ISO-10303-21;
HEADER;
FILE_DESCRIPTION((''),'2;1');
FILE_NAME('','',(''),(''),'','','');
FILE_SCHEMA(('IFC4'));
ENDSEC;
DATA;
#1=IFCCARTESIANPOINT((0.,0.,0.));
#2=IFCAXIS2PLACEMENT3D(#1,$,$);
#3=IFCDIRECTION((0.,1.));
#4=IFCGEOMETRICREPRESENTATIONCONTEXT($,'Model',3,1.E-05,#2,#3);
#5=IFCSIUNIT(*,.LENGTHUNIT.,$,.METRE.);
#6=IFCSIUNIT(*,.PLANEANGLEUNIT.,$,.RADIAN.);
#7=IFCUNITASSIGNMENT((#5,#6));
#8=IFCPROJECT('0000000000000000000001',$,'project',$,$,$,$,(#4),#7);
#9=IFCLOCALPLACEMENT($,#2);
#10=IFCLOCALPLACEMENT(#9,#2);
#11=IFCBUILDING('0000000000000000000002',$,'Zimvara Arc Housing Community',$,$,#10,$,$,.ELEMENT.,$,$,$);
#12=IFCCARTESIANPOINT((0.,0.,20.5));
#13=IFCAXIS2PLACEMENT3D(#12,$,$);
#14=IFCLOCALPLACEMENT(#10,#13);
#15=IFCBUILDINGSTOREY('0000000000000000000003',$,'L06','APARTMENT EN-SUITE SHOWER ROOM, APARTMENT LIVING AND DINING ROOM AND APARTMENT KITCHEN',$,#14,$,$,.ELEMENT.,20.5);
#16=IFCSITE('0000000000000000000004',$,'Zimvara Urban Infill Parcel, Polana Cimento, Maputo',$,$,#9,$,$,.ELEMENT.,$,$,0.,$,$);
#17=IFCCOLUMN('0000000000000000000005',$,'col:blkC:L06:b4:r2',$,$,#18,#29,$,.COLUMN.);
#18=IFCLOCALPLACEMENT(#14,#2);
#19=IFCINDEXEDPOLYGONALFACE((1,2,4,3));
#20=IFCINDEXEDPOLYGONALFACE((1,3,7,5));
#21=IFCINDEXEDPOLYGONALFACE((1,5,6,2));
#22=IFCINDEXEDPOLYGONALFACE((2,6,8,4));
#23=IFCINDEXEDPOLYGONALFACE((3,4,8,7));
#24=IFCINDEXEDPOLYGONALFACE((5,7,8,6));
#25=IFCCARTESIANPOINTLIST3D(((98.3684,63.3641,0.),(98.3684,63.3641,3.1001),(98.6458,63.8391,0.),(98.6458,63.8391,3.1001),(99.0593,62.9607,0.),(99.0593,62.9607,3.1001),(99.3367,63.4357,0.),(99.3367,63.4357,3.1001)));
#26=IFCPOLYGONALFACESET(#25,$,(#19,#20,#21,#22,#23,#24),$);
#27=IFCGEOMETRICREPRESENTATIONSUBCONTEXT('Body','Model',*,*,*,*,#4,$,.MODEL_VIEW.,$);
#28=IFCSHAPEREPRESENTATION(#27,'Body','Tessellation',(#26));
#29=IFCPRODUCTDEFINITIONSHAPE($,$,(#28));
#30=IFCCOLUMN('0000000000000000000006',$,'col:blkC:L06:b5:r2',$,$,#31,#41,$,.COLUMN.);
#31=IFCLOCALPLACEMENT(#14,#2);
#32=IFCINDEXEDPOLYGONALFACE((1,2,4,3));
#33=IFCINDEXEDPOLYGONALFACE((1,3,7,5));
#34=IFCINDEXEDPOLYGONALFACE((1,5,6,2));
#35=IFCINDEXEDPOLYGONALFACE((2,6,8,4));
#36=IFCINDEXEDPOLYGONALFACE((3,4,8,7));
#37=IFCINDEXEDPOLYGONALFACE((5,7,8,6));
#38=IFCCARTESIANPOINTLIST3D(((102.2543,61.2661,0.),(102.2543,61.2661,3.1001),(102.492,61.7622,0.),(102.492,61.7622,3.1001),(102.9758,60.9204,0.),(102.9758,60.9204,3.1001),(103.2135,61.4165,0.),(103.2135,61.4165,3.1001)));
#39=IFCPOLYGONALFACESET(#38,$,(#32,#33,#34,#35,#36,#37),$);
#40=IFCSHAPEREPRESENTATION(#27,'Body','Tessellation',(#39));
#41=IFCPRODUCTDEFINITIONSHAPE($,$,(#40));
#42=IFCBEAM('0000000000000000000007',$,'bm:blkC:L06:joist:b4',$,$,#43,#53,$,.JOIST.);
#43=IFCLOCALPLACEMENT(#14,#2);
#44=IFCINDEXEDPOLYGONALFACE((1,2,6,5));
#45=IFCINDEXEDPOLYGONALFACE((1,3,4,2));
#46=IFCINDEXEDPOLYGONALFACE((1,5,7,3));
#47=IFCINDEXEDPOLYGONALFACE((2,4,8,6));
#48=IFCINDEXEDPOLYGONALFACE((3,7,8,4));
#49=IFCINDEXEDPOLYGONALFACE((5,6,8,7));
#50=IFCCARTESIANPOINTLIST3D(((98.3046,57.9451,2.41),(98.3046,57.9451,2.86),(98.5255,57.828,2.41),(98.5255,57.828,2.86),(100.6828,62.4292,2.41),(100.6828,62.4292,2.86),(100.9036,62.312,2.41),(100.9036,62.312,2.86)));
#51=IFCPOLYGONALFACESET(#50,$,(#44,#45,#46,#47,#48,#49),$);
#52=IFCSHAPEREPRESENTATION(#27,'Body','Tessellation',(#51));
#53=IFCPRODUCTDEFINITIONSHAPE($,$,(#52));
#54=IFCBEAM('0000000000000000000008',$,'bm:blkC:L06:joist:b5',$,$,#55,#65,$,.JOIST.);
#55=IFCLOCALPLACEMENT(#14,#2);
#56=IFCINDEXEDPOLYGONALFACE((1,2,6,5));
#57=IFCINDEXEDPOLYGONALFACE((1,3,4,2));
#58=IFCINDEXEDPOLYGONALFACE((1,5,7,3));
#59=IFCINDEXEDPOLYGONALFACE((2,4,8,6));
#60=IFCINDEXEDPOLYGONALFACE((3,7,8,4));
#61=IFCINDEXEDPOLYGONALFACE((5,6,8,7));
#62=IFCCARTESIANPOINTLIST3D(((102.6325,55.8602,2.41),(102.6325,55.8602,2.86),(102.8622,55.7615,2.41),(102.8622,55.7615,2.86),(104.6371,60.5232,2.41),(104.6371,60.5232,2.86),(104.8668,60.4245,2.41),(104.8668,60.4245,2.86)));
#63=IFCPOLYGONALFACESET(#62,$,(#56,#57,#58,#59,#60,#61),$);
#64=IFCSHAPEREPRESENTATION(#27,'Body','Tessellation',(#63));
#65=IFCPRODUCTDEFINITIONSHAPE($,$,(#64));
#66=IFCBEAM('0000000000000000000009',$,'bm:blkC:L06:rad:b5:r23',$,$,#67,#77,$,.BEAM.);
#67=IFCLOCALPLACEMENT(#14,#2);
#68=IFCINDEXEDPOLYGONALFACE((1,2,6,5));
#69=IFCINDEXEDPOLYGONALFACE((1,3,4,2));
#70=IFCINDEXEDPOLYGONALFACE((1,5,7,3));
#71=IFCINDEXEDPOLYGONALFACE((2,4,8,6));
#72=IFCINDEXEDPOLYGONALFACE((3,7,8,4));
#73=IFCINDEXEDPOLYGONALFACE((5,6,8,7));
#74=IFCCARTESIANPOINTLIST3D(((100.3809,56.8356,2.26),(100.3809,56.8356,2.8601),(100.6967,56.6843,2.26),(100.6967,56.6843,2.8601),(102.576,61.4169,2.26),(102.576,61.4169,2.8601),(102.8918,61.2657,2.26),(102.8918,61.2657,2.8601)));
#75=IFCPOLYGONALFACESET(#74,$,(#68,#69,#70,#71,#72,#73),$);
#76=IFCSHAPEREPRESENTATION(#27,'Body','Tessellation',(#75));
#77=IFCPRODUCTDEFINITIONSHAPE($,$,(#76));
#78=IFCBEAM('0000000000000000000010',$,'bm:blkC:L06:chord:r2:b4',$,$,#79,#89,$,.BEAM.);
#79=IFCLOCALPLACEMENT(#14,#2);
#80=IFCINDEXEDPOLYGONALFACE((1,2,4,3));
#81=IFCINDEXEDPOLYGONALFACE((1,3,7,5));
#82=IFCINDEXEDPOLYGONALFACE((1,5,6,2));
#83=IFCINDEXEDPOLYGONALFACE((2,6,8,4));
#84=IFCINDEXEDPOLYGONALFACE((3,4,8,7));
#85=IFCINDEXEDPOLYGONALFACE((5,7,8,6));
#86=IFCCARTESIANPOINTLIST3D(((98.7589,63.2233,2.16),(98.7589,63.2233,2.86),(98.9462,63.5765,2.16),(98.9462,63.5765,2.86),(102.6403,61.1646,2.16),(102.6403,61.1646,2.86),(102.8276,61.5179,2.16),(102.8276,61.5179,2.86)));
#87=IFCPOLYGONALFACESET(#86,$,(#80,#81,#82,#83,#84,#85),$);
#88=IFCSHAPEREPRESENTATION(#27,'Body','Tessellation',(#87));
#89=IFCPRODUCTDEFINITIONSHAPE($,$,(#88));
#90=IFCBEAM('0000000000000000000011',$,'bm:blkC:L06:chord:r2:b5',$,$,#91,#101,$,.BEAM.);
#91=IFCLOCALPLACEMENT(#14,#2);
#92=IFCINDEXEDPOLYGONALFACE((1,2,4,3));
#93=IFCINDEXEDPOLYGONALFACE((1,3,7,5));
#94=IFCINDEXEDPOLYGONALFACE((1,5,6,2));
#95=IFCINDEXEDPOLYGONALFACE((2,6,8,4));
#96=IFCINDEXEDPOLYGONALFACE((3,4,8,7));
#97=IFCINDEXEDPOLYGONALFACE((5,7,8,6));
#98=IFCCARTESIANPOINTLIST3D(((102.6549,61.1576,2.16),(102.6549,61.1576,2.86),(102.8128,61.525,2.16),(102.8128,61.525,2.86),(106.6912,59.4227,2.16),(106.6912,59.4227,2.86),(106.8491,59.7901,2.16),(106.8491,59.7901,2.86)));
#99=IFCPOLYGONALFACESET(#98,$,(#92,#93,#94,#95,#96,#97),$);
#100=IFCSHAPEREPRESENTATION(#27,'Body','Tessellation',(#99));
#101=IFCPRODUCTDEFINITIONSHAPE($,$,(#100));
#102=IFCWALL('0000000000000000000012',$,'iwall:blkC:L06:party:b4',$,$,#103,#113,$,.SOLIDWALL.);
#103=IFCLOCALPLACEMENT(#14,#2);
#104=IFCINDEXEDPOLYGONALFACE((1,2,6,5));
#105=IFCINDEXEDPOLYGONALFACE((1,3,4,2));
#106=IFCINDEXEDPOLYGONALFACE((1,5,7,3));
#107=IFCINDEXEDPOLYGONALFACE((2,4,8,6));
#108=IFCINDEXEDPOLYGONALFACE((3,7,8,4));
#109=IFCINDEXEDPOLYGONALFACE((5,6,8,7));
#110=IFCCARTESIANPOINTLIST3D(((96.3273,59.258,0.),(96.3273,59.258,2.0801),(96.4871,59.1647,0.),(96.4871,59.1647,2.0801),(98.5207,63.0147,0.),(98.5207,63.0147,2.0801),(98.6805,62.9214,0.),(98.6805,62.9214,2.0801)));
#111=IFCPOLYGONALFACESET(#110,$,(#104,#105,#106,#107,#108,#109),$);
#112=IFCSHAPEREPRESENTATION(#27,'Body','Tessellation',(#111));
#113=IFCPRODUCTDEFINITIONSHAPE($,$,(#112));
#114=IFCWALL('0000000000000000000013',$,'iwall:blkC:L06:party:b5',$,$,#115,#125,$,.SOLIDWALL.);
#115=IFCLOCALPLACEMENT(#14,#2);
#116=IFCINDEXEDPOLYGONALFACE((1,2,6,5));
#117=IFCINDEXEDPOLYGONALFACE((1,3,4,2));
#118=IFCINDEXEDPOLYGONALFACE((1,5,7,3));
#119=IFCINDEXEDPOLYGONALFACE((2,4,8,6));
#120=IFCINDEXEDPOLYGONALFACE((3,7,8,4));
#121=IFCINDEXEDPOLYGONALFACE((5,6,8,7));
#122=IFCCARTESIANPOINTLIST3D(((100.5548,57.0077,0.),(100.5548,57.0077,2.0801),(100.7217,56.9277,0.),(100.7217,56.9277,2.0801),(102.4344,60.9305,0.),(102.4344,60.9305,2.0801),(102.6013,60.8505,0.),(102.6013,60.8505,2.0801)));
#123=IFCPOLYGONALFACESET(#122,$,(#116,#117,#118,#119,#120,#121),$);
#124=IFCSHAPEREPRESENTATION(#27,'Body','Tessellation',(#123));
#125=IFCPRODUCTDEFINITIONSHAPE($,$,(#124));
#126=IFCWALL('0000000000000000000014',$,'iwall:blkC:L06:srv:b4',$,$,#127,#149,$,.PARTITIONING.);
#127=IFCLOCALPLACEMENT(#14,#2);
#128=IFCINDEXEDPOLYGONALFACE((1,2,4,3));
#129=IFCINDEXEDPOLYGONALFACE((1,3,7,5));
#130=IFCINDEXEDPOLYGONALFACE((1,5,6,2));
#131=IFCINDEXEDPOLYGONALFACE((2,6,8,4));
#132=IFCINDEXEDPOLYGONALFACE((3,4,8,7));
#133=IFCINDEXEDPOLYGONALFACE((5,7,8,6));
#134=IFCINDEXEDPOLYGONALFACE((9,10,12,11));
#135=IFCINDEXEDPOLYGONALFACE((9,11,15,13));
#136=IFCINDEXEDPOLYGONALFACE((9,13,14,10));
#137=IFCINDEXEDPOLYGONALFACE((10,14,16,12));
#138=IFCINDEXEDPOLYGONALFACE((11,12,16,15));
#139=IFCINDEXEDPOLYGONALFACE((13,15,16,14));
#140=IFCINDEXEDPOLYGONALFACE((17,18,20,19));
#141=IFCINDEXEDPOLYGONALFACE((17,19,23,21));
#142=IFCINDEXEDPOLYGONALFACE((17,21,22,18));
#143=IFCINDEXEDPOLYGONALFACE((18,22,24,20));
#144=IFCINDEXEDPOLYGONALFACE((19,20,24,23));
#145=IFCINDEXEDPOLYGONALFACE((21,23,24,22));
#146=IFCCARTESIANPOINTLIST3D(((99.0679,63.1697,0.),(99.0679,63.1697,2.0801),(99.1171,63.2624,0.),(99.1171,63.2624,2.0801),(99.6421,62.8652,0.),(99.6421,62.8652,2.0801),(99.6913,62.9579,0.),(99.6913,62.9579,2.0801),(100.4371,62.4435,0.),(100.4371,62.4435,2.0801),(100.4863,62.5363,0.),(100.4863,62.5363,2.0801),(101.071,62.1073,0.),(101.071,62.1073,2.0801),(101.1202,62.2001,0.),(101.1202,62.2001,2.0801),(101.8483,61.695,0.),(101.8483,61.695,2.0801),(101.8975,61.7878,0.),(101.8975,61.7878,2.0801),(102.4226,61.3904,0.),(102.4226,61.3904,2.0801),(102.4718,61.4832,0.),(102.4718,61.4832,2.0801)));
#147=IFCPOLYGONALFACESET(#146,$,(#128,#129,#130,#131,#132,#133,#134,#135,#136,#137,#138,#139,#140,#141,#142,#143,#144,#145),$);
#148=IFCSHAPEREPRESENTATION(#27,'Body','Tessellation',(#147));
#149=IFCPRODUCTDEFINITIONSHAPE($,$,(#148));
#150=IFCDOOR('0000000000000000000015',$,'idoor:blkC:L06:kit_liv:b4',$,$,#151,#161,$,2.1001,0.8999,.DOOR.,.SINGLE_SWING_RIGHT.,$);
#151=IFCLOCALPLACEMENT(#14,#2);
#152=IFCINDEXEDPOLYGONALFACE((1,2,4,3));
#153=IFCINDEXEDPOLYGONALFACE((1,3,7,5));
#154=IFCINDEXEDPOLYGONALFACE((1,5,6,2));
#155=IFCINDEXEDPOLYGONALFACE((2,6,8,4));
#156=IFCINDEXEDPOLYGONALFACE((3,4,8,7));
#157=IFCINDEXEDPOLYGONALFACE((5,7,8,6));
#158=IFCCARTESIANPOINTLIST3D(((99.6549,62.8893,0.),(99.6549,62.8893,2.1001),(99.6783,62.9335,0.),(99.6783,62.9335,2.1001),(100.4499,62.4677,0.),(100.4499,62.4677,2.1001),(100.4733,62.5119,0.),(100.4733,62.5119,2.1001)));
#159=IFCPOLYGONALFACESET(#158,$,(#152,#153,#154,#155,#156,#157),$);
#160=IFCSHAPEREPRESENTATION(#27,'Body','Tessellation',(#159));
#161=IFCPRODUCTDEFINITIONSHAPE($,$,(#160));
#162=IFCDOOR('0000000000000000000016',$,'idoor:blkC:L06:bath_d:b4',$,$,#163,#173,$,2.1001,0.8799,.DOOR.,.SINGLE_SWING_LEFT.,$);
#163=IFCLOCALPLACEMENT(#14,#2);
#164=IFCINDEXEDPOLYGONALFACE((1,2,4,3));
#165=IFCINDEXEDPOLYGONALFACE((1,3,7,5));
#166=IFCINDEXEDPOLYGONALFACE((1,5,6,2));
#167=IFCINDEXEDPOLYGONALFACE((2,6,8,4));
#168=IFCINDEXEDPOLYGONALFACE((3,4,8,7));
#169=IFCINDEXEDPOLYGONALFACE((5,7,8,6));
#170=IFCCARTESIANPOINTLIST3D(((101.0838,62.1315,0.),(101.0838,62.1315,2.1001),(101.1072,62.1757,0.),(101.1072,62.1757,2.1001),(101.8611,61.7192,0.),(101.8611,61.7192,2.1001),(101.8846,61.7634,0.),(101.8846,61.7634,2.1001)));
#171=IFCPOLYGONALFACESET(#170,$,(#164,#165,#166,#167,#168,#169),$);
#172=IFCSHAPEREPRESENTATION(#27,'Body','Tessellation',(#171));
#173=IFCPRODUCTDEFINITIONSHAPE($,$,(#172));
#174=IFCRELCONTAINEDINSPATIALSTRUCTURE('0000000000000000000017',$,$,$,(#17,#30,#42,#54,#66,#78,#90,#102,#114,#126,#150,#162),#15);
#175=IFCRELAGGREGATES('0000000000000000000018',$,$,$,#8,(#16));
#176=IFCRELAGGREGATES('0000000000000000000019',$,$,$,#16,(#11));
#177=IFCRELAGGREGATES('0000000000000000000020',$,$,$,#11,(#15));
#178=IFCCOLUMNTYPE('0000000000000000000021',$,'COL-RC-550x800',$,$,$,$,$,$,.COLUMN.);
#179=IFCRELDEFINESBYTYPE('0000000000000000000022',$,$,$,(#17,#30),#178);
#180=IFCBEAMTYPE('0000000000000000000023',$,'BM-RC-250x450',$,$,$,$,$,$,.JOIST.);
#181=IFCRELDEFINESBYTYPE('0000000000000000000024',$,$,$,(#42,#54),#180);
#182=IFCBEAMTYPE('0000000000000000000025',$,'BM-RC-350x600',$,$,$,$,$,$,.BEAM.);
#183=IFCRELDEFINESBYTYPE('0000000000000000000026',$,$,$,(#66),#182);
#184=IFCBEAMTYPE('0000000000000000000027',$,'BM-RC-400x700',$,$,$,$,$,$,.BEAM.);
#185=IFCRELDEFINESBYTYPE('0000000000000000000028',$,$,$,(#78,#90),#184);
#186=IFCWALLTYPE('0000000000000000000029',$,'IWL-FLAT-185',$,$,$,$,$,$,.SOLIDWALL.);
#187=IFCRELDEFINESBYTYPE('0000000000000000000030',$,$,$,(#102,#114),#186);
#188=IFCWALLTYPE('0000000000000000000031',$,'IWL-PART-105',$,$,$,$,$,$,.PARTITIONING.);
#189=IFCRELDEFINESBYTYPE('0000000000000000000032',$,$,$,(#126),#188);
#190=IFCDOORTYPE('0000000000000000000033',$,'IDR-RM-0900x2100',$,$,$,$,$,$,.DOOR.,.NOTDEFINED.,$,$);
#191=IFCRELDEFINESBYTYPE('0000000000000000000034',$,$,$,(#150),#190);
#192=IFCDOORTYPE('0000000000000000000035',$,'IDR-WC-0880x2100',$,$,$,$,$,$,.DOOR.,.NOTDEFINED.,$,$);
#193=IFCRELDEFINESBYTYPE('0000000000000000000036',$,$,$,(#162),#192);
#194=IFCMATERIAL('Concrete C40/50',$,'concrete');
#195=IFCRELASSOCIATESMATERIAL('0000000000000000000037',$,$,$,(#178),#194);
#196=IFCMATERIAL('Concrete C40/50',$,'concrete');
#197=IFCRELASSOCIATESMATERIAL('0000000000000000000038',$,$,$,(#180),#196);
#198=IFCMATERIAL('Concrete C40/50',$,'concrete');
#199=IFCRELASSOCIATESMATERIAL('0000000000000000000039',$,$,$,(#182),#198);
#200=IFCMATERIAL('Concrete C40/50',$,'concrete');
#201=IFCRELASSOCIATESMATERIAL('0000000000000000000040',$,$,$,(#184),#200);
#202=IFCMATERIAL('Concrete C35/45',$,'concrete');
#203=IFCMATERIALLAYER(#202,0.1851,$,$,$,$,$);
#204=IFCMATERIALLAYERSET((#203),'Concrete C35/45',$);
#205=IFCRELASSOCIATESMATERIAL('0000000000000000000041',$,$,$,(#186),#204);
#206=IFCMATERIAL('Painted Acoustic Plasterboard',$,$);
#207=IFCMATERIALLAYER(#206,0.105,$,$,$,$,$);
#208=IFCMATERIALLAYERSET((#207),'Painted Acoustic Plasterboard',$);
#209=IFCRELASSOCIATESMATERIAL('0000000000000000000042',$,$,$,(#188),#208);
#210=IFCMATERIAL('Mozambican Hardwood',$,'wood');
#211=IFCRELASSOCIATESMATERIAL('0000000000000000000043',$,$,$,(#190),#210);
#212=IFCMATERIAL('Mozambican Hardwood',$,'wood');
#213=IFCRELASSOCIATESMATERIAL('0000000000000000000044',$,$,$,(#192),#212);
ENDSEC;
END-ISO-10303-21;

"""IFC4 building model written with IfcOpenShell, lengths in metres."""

from ifc_helpers import new_model, si_unit, direction, frame, frame_2d, origin, origin_2d, place, context, subcontext, project, spatial, rectangle, extrude, material, layer, layer_set, material_profile, profile_set, type_object, element, fill, save


model = new_model("IFC4")

# Units and contexts
model_context = context("Model", 3, precision=1e-05, world=origin(), true_north=direction((0.0, 1.0)))
body_context = subcontext(model_context, "Body", "Model", "MODEL_VIEW")
ifc_project = project(units=[si_unit("LENGTHUNIT", "METRE"), si_unit("PLANEANGLEUNIT", "RADIAN")], contexts=[model_context])

# Site, building, storey
site_placement = place(None, origin())
site = spatial("IfcSite", under=ifc_project, at=site_placement, Name="Zimvara Urban Infill Parcel, Polana Cimento, Maputo", CompositionType="ELEMENT", RefElevation=0.0)
building_placement = place(site_placement, origin())
building = spatial("IfcBuilding", under=site, at=building_placement, Name="Zimvara Arc Housing Community", CompositionType="ELEMENT")
storey_placement = place(building_placement, frame((0.0, 0.0, 20.5)))
storey = spatial("IfcBuildingStorey", under=building, at=storey_placement, Name="L06", Description="APARTMENT EN-SUITE SHOWER ROOM, APARTMENT LIVING AND DINING ROOM AND APARTMENT KITCHEN", CompositionType="ELEMENT", Elevation=20.5)

# Columns
ifc_material_1 = material(Name="Concrete C40/50", Category="concrete")
ifc_material_profile_1 = material_profile(ifc_material_1, rectangle(XDim=0.55, YDim=0.8, at=origin_2d()), Name="RC 550x800")
ifc_profile_set_1 = profile_set([ifc_material_profile_1], Name="Concrete C40/50")
column_type = type_object("IfcColumnType", Name="COL-RC-550x800", PredefinedType="COLUMN", material=ifc_profile_set_1)
for number, where, z_axis, x_axis, name in (
    (1, (98.8525, 63.3999, 0.0), (0.0, 0.0, 1.0), (-0.504226, -0.863572, 0.0), "col:blkC:L06:b4:r2"),
    (2, (102.7339, 61.3413, 0.0), (0.0, 0.0, 1.0), (-0.432086, -0.901833, 0.0), "col:blkC:L06:b5:r2"),
):
    element("IfcColumn", number, at=place(storey_placement, frame(where, z_axis=z_axis, x_axis=x_axis)), inside=storey, type_object=column_type, Name=name, PredefinedType="COLUMN", context=body_context, shape_type="SweptSolid", body=[
        extrude(rectangle(XDim=0.55, YDim=0.8, at=origin_2d()), origin(), (0.0, 0.0, 1.0), 3.1001),
    ])

# Beams
ifc_material_2 = material(Name="Concrete C40/50", Category="concrete")
ifc_material_profile_2 = material_profile(ifc_material_2, rectangle(XDim=0.25, YDim=0.45, at=origin_2d()), Name="RC 250x450")
ifc_profile_set_2 = profile_set([ifc_material_profile_2], Name="Concrete C40/50")
beam_type_1 = type_object("IfcBeamType", Name="BM-RC-250x450", PredefinedType="JOIST", material=ifc_profile_set_2)
for number, where, z_axis, x_axis, name in (
    (3, (100.7932, 62.3706, 2.635), (-0.468537, -0.883444, 0.0), (0.883444, -0.468537, 0.0), "bm:blkC:L06:joist:b4"),
    (4, (104.752, 60.4739, 2.635), (-0.394947, -0.918704, 0.0), (0.918704, -0.394947, 0.0), "bm:blkC:L06:joist:b5"),
):
    element("IfcBeam", number, at=place(storey_placement, frame(where, z_axis=z_axis, x_axis=x_axis)), inside=storey, type_object=beam_type_1, Name=name, PredefinedType="JOIST", context=body_context, shape_type="SweptSolid", body=[
        extrude(rectangle(XDim=0.25, YDim=0.45, at=origin_2d()), origin(), (0.0, 0.0, 1.0), 5.0757),
    ])
ifc_material_3 = material(Name="Concrete C40/50", Category="concrete")
ifc_material_profile_3 = material_profile(ifc_material_3, rectangle(XDim=0.3501, YDim=0.6001, at=origin_2d()), Name="RC 350x600")
ifc_profile_set_3 = profile_set([ifc_material_profile_3], Name="Concrete C40/50")
beam_type_2 = type_object("IfcBeamType", Name="BM-RC-350x600", PredefinedType="BEAM", material=ifc_profile_set_3)
beam_1_placement = place(storey_placement, frame((102.7339, 61.3413, 2.5601), z_axis=(-0.432098, -0.901827, 0.0), x_axis=(0.901827, -0.432098, 0.0)))
element("IfcBeam", 5, at=beam_1_placement, inside=storey, type_object=beam_type_2, Name="bm:blkC:L06:rad:b5:r23", PredefinedType="BEAM", context=body_context, shape_type="SweptSolid", body=[
    extrude(rectangle(XDim=0.3501, YDim=0.6001, at=origin_2d()), origin(), (0.0, 0.0, 1.0), 5.0801),
])
ifc_material_4 = material(Name="Concrete C40/50", Category="concrete")
ifc_material_profile_4 = material_profile(ifc_material_4, rectangle(XDim=0.3999, YDim=0.7, at=origin_2d()), Name="RC 400x700")
ifc_profile_set_4 = profile_set([ifc_material_profile_4], Name="Concrete C40/50")
beam_type_3 = type_object("IfcBeamType", Name="BM-RC-400x700", PredefinedType="BEAM", material=ifc_profile_set_4)
beam_2_placement = place(storey_placement, frame((98.8525, 63.3999, 2.51), z_axis=(0.883434, -0.468557, 0.0), x_axis=(0.468557, 0.883434, 0.0)))
element("IfcBeam", 6, at=beam_2_placement, inside=storey, type_object=beam_type_3, Name="bm:blkC:L06:chord:r2:b4", PredefinedType="BEAM", context=body_context, shape_type="SweptSolid", body=[
    extrude(rectangle(XDim=0.3999, YDim=0.7, at=origin_2d()), origin(), (0.0, 0.0, 1.0), 4.3936),
])
beam_3_placement = place(storey_placement, frame((102.7339, 61.3413, 2.51), z_axis=(0.918725, -0.394898, 0.0), x_axis=(0.394898, 0.918725, 0.0)))
element("IfcBeam", 7, at=beam_3_placement, inside=storey, type_object=beam_type_3, Name="bm:blkC:L06:chord:r2:b5", PredefinedType="BEAM", context=body_context, shape_type="SweptSolid", body=[
    extrude(rectangle(XDim=0.3999, YDim=0.7, at=origin_2d()), origin(), (0.0, 0.0, 1.0), 4.3933),
])

# Walls
ifc_material_5 = material(Name="Concrete C35/45", Category="concrete")
ifc_layer_1 = layer(ifc_material_5, 0.1851)
ifc_layer_set_1 = layer_set([ifc_layer_1], Name="Concrete C35/45")
wall_type_1 = type_object("IfcWallType", Name="IWL-FLAT-185", PredefinedType="SOLIDWALL", material=ifc_layer_set_1)
wall_1_placement = place(storey_placement, frame((98.6006, 62.968, 0.0), z_axis=(0.0, 0.0, 1.0), x_axis=(-0.504216, -0.863577, 0.0)))
element("IfcWall", 8, at=wall_1_placement, inside=storey, type_object=wall_type_1, Name="iwall:blkC:L06:party:b4", PredefinedType="SOLIDWALL", context=body_context, shape_type="SweptSolid", body=[
    extrude(rectangle(XDim=4.3501, YDim=0.1851, at=frame_2d((2.175, 0.0))), origin(), (0.0, 0.0, 1.0), 2.0801),
])
wall_2_placement = place(storey_placement, frame((102.5178, 60.8904, 0.0), z_axis=(0.0, 0.0, 1.0), x_axis=(-0.432109, -0.901821, 0.0)))
element("IfcWall", 9, at=wall_2_placement, inside=storey, type_object=wall_type_1, Name="iwall:blkC:L06:party:b5", PredefinedType="SOLIDWALL", context=body_context, shape_type="SweptSolid", body=[
    extrude(rectangle(XDim=4.3499, YDim=0.1851, at=frame_2d((2.1748, 0.0))), origin(), (0.0, 0.0, 1.0), 2.0801),
])

# Wall, openings, doors
ifc_material_6 = material(Name="Painted Acoustic Plasterboard")
ifc_layer_2 = layer(ifc_material_6, 0.105)
ifc_layer_set_2 = layer_set([ifc_layer_2], Name="Painted Acoustic Plasterboard")
wall_type_2 = type_object("IfcWallType", Name="IWL-PART-105", PredefinedType="PARTITIONING", material=ifc_layer_set_2)
wall_3_placement = place(storey_placement, frame((99.0925, 63.2161, 0.0), z_axis=(0.0, 0.0, 1.0), x_axis=(0.883433, -0.468558, 0.0)))
wall_3 = element("IfcWall", 10, at=wall_3_placement, inside=storey, type_object=wall_type_2, Name="iwall:blkC:L06:srv:b4", PredefinedType="PARTITIONING", context=body_context, shape_type="SweptSolid", body=[
    extrude(rectangle(XDim=3.7974, YDim=0.105, at=frame_2d((1.8987, 0.0))), origin(), (0.0, 0.0, 1.0), 2.0801),
])
opening_1_placement = place(wall_3_placement, frame((0.6499, 0.0, 0.0)))
opening_1 = element("IfcOpeningElement", 11, at=opening_1_placement, cuts=wall_3, PredefinedType="OPENING", context=body_context, shape_type="SweptSolid", body=[
    extrude(rectangle(XDim=0.8999, YDim=2.1001, at=frame_2d((0.45, 1.05))), frame((0.0, 0.0625, 0.0), z_axis=(0.0, -1.0, 0.0), x_axis=(1.0, 0.0, 0.0)), (0.0, 0.0, 1.0), 0.125),
])
opening_2_placement = place(wall_3_placement, frame((2.2673, 0.0, 0.0)))
opening_2 = element("IfcOpeningElement", 12, at=opening_2_placement, cuts=wall_3, PredefinedType="OPENING", context=body_context, shape_type="SweptSolid", body=[
    extrude(rectangle(XDim=0.8799, YDim=2.1001, at=frame_2d((0.4399, 1.05))), frame((0.0, 0.0625, 0.0), z_axis=(0.0, -1.0, 0.0), x_axis=(1.0, 0.0, 0.0)), (0.0, 0.0, 1.0), 0.125),
])
ifc_material_7 = material(Name="Mozambican Hardwood", Category="wood")
door_type_1 = type_object("IfcDoorType", Name="IDR-RM-0900x2100", OperationType="NOTDEFINED", PredefinedType="DOOR", material=ifc_material_7)
door_1_placement = place(opening_1_placement, origin())
door_1 = element("IfcDoor", 13, at=door_1_placement, inside=storey, type_object=door_type_1, Name="idoor:blkC:L06:kit_liv:b4", OperationType="SINGLE_SWING_RIGHT", OverallHeight=2.1001, OverallWidth=0.8999, PredefinedType="DOOR", context=body_context, shape_type="SweptSolid", body=[
    extrude(rectangle(XDim=0.8999, YDim=2.1001, at=frame_2d((0.45, 1.05))), frame((0.0, 0.0249, 0.0), z_axis=(0.0, -1.0, 0.0), x_axis=(1.0, 0.0, 0.0)), (0.0, 0.0, 1.0), 0.05),
])
fill(opening_1, door_1)
ifc_material_8 = material(Name="Mozambican Hardwood", Category="wood")
door_type_2 = type_object("IfcDoorType", Name="IDR-WC-0880x2100", OperationType="NOTDEFINED", PredefinedType="DOOR", material=ifc_material_8)
door_2_placement = place(opening_2_placement, origin())
door_2 = element("IfcDoor", 14, at=door_2_placement, inside=storey, type_object=door_type_2, Name="idoor:blkC:L06:bath_d:b4", OperationType="SINGLE_SWING_LEFT", OverallHeight=2.1001, OverallWidth=0.8799, PredefinedType="DOOR", context=body_context, shape_type="SweptSolid", body=[
    extrude(rectangle(XDim=0.8799, YDim=2.1001, at=frame_2d((0.4399, 1.05))), frame((0.0, 0.0249, 0.0), z_axis=(0.0, -1.0, 0.0), x_axis=(1.0, 0.0, 0.0)), (0.0, 0.0, 1.0), 0.05),
])
fill(opening_2, door_2)

save(model, "model.ifc")
